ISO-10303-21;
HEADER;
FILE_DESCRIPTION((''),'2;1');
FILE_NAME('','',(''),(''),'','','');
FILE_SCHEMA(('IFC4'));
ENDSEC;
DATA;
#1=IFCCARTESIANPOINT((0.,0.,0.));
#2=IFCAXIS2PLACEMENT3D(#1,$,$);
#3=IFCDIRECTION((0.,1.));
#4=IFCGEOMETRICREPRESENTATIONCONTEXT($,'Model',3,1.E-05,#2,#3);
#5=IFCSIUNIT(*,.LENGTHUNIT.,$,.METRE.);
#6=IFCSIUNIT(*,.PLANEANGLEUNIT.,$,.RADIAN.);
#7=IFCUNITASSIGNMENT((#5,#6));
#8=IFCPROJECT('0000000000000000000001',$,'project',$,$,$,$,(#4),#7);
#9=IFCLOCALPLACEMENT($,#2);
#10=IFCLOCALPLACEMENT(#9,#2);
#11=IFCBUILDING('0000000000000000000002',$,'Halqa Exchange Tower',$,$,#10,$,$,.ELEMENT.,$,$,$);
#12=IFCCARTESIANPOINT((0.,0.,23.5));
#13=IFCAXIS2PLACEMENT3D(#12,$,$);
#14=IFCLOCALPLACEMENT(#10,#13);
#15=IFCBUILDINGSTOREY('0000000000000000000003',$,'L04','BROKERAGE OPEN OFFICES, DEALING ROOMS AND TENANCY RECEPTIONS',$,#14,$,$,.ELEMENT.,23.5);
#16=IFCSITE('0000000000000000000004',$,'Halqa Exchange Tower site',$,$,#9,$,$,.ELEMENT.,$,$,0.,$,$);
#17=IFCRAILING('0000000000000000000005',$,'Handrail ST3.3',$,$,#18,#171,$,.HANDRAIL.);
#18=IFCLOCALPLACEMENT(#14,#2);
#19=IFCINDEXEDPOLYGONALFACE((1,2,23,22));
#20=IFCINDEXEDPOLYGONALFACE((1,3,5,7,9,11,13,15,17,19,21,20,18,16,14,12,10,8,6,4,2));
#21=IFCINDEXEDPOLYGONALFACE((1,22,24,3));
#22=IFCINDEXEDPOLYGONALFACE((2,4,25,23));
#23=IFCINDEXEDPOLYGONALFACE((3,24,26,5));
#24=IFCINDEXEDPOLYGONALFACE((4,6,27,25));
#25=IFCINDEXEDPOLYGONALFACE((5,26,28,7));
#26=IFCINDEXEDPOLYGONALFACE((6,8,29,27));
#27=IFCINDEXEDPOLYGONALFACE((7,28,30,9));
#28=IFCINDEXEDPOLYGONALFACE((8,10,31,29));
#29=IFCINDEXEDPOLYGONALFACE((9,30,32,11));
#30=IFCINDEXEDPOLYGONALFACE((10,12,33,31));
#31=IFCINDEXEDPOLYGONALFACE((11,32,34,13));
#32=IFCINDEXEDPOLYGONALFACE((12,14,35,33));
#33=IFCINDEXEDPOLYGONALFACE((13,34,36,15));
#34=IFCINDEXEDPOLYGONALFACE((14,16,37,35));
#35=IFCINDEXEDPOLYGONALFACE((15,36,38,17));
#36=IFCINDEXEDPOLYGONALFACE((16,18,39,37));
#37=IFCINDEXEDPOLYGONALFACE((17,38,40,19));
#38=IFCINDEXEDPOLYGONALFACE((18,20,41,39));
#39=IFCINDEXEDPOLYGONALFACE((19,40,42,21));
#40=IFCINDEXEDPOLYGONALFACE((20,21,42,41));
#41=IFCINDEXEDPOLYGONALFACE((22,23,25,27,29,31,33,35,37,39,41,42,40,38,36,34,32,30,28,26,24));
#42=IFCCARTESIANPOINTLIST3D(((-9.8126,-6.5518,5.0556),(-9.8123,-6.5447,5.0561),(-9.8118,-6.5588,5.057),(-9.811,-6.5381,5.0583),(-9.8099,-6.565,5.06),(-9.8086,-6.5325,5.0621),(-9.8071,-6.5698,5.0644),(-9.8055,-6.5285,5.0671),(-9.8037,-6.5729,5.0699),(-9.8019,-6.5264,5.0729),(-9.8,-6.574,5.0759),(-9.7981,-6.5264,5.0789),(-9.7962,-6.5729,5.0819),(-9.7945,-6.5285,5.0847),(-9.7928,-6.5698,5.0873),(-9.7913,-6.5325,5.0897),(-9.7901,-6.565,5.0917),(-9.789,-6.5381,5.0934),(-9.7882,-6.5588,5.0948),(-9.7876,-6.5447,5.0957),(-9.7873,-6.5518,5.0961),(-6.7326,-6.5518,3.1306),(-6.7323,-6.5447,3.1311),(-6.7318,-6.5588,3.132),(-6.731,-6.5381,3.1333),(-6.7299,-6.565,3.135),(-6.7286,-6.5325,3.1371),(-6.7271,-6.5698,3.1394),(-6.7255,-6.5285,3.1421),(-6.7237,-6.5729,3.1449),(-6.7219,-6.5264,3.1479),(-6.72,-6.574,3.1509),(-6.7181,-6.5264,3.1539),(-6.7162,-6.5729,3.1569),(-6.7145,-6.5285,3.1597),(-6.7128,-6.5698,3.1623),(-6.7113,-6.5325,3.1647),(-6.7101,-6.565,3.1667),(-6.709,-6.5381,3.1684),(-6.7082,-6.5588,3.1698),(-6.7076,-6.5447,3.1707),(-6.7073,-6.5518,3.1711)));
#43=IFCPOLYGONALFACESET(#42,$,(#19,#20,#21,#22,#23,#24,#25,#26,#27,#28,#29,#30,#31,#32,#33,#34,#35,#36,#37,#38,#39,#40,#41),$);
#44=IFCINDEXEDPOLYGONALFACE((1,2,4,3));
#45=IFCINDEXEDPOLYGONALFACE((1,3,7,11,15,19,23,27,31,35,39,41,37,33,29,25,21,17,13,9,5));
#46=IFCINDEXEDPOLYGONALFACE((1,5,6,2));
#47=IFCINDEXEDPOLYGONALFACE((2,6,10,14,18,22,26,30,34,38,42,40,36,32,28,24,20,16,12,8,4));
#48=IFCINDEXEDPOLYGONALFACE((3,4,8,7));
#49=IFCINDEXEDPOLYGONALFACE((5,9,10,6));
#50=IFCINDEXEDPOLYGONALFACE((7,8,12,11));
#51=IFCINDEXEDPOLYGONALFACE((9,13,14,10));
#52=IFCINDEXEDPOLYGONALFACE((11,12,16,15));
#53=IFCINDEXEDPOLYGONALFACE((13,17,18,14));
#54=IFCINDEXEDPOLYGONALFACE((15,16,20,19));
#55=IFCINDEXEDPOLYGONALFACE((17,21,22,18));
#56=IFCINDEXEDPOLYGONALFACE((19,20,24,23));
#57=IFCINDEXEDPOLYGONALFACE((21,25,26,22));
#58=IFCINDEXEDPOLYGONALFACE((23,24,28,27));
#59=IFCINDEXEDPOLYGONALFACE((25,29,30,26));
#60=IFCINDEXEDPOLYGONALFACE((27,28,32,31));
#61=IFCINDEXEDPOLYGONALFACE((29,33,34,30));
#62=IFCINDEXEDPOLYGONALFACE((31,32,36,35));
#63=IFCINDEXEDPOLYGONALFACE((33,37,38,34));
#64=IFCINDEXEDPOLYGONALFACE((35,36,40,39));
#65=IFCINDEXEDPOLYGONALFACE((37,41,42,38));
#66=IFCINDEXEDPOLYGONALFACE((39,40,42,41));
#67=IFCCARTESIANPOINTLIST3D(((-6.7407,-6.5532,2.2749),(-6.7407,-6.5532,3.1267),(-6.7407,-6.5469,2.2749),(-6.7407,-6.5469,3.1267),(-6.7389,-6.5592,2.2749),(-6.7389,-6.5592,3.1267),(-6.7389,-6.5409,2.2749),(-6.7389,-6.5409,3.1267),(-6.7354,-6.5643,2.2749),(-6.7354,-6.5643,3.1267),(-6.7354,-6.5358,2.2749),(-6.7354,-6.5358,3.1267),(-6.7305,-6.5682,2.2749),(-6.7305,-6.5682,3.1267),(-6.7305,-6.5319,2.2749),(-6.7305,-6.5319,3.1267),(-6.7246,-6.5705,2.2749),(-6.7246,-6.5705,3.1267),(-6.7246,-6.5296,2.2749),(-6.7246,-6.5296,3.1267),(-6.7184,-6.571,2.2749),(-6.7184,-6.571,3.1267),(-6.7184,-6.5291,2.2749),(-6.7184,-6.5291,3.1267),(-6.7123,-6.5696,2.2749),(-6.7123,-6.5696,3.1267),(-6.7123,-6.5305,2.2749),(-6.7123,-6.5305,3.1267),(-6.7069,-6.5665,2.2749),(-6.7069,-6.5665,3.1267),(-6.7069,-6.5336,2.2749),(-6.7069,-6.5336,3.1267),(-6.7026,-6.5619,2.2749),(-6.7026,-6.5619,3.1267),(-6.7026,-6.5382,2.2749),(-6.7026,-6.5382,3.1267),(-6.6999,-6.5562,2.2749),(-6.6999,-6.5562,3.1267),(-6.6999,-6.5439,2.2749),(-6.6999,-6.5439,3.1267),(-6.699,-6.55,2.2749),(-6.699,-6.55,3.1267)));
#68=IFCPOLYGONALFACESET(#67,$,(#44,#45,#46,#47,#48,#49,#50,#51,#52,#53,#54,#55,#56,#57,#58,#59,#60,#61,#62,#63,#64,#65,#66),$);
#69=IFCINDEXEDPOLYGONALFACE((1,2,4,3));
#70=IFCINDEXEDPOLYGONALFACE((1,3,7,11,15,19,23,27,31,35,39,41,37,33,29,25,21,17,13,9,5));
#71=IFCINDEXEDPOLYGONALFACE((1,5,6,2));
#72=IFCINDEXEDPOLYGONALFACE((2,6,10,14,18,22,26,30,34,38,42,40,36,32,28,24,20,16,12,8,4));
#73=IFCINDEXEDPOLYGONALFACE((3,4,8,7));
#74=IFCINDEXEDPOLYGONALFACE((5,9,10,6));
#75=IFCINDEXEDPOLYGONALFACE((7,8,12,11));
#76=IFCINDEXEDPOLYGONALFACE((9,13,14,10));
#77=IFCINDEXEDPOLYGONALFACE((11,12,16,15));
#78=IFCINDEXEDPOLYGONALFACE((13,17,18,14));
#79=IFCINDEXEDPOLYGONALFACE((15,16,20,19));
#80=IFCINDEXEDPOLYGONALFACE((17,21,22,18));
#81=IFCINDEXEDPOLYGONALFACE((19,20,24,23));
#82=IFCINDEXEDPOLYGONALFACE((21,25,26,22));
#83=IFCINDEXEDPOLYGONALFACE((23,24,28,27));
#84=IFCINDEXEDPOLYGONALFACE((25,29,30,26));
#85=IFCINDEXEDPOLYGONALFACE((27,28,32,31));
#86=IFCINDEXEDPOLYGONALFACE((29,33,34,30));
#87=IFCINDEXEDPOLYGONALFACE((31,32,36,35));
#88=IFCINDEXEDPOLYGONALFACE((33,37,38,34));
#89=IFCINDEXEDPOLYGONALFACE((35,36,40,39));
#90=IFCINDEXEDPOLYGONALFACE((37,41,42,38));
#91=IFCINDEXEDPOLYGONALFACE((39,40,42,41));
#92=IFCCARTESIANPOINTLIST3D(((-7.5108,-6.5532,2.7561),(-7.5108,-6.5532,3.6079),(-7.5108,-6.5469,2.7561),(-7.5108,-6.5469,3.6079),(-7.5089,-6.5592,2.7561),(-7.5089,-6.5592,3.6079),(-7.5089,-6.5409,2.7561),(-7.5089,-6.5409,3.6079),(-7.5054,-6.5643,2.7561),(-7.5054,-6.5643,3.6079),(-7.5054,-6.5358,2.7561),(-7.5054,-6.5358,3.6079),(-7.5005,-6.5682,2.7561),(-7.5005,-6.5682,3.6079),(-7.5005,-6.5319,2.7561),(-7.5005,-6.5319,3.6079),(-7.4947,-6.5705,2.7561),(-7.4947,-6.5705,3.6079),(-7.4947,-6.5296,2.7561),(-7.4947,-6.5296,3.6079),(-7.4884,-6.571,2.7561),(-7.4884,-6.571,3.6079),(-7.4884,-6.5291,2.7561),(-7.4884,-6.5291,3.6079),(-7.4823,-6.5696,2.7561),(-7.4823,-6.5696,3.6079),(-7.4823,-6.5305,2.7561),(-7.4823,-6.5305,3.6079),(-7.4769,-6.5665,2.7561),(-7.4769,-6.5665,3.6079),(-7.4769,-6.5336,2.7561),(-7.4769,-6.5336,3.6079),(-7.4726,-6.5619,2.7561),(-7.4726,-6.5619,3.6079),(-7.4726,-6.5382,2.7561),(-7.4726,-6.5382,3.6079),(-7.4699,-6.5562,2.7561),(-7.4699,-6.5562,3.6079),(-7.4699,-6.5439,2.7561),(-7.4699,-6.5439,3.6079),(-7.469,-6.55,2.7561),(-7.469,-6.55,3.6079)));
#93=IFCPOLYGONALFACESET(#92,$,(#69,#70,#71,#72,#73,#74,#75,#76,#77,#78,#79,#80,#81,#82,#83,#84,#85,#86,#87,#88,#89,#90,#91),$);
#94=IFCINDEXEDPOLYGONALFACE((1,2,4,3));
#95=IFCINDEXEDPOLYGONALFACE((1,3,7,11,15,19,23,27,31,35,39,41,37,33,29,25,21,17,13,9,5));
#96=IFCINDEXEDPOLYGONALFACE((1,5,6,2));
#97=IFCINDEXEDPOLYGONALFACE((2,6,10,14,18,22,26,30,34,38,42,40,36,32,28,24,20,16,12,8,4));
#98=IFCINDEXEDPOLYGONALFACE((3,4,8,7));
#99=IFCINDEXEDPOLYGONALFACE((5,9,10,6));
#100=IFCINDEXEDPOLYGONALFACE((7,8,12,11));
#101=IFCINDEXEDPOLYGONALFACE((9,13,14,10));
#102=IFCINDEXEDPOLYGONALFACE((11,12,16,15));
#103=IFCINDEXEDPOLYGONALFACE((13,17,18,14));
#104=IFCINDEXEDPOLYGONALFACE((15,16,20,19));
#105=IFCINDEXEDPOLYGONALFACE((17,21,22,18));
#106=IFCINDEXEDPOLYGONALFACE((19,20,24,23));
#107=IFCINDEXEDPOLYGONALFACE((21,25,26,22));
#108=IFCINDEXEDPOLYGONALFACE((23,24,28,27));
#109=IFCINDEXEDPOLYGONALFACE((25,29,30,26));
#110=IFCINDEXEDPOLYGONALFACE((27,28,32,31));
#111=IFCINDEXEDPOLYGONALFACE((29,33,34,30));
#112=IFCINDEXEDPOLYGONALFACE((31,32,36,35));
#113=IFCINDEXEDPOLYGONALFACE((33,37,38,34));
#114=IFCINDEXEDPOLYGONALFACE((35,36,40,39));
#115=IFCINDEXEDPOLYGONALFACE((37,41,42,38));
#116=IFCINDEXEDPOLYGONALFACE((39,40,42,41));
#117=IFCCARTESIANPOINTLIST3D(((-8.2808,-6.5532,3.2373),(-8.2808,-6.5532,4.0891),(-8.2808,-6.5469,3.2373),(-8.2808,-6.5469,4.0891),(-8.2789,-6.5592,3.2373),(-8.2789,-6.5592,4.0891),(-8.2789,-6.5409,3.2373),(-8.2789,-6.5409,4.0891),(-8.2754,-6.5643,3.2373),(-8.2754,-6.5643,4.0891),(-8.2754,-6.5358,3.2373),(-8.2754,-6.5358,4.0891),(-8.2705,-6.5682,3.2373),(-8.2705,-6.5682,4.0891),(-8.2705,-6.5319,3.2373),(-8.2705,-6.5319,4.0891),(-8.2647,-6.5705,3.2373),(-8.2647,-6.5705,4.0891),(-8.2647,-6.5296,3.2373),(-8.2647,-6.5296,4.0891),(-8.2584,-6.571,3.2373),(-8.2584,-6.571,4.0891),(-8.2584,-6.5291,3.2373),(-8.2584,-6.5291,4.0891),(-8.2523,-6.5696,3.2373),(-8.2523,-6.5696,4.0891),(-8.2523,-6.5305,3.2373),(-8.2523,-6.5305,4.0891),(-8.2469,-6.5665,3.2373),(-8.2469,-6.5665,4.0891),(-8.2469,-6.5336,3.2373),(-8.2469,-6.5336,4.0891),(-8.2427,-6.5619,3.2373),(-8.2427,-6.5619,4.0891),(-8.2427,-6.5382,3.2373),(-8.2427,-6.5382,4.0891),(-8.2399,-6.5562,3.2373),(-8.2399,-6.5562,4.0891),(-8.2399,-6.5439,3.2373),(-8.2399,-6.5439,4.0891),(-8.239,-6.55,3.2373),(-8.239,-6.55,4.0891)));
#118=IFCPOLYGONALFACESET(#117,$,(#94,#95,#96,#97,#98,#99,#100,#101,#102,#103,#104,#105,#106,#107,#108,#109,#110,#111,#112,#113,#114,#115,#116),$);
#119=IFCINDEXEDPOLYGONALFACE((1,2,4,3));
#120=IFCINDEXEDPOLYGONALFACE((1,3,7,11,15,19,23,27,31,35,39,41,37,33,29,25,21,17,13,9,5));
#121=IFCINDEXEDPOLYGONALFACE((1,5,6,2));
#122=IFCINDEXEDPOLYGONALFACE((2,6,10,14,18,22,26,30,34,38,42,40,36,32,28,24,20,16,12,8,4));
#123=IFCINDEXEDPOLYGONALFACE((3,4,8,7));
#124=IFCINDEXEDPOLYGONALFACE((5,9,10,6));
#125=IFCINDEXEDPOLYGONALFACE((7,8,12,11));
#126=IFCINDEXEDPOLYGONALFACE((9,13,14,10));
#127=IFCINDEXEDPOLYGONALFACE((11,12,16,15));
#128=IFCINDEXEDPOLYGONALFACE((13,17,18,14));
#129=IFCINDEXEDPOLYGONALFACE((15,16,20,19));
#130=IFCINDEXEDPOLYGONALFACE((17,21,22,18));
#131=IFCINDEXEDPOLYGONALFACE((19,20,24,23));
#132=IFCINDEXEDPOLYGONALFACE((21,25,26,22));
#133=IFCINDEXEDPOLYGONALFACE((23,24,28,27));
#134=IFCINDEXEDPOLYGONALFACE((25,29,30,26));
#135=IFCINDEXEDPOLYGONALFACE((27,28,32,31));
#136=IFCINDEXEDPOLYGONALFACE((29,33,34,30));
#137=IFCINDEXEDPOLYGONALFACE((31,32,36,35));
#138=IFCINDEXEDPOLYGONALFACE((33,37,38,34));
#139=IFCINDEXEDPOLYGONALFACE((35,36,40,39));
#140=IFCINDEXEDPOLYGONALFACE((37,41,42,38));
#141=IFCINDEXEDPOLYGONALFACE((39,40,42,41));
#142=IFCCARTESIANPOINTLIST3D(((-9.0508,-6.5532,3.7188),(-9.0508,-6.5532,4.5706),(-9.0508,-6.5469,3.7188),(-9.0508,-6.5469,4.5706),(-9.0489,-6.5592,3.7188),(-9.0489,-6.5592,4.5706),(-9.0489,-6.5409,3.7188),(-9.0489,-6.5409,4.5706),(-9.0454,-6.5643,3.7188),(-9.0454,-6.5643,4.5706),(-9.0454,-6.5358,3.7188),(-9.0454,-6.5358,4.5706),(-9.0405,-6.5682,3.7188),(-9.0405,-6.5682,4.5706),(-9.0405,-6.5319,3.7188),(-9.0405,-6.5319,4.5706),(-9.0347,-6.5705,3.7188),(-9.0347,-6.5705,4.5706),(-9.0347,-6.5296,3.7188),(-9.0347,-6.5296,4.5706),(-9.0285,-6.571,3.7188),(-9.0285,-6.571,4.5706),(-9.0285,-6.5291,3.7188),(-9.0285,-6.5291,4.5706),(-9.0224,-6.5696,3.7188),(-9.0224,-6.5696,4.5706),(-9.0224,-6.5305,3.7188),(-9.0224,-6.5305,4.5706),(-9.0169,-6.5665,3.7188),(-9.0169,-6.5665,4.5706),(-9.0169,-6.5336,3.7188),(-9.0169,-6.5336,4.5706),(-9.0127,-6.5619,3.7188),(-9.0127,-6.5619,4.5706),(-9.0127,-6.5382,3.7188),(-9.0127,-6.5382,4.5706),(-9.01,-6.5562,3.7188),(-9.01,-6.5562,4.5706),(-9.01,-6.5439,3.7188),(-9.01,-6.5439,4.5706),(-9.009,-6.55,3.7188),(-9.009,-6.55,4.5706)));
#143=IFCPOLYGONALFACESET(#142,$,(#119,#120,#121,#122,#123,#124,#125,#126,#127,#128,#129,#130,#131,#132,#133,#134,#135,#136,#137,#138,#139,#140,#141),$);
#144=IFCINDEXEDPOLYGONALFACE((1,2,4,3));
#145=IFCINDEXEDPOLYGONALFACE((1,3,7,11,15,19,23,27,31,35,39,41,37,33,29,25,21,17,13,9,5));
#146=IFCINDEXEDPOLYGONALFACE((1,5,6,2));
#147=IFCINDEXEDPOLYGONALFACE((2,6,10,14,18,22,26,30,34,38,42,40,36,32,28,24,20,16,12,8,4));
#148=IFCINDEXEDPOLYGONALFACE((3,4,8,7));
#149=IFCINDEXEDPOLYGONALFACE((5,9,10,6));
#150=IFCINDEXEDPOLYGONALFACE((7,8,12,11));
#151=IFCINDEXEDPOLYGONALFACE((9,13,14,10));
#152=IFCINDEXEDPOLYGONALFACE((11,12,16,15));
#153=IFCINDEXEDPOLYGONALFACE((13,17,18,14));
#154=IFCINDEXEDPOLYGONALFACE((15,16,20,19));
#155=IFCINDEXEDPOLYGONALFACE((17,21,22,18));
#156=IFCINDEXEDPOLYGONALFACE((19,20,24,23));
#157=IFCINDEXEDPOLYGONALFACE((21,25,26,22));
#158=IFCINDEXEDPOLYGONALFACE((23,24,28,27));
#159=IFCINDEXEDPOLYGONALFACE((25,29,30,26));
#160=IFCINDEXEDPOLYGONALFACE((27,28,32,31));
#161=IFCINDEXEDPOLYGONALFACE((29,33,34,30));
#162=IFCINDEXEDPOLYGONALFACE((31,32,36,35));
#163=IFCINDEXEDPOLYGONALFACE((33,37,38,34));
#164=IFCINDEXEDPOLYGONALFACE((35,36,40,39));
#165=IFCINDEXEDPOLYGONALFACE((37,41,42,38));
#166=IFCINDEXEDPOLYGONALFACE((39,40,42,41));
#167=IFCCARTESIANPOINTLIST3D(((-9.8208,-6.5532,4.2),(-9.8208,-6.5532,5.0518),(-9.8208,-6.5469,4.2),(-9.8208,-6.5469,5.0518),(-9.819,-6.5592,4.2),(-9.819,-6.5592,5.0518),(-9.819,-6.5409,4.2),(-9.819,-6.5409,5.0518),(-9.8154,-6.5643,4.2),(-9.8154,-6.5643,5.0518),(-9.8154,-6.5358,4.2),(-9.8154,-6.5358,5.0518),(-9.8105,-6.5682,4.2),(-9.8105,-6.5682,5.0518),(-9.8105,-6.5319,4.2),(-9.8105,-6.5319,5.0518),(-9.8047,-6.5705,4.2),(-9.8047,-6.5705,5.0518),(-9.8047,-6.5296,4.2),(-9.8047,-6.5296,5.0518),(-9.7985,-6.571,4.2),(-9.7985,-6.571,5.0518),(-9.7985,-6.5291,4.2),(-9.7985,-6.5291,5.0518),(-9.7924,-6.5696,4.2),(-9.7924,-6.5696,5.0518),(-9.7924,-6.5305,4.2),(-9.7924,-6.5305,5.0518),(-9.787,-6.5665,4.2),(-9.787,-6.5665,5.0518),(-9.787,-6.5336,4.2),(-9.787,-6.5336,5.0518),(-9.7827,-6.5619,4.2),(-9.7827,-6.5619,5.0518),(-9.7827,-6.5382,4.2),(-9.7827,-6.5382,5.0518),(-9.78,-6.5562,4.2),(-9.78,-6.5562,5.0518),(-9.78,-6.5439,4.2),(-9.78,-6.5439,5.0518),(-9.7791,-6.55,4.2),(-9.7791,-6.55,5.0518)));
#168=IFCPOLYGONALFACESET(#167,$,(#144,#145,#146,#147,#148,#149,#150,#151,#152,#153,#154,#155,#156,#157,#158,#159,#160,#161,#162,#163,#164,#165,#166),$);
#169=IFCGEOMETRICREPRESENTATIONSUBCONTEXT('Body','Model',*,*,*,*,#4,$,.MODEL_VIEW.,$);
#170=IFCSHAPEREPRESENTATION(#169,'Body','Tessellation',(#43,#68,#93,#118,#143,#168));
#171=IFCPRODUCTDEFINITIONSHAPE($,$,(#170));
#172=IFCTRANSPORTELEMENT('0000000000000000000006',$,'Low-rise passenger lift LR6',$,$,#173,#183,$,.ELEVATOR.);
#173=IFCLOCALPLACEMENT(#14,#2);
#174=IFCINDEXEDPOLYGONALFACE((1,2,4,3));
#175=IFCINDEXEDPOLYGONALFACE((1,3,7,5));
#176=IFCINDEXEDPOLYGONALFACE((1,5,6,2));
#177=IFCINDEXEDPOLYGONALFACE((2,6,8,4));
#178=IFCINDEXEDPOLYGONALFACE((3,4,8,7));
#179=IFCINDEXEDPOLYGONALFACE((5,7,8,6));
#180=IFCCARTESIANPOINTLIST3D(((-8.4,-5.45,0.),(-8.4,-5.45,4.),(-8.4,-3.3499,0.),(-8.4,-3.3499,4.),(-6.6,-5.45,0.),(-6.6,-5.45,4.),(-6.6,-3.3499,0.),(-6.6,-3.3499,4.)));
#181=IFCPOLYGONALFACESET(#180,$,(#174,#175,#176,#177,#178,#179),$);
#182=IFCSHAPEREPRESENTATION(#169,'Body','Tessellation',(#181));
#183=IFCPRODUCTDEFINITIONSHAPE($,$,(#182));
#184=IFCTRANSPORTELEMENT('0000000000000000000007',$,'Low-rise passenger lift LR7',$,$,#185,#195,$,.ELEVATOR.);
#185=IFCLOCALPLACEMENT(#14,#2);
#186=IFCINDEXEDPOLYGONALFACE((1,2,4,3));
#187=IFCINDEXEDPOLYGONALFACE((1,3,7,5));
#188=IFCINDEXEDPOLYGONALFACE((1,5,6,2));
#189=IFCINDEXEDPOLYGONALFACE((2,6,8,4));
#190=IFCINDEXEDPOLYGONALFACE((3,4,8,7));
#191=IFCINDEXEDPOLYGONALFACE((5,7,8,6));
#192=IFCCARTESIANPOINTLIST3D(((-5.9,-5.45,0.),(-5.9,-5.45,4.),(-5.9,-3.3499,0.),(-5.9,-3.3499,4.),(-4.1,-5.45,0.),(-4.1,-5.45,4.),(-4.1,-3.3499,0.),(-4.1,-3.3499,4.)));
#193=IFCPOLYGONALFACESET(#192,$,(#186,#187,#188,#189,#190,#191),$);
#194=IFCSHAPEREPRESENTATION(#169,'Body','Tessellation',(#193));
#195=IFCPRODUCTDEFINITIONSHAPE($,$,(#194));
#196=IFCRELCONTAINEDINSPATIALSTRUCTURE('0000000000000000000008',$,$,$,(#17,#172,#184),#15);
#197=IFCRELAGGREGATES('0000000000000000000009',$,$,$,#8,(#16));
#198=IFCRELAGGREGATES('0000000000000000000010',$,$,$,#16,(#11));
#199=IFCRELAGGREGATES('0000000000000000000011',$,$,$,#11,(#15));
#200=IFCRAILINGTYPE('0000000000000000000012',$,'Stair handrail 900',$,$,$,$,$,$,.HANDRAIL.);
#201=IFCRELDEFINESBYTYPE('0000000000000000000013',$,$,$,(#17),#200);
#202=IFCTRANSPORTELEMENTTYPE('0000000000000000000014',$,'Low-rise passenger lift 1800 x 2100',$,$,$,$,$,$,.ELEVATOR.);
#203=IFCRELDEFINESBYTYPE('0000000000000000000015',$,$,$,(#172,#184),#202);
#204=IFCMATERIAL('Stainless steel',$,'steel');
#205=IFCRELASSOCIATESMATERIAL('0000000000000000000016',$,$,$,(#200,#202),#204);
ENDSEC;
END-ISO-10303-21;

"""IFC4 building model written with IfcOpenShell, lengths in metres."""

from ifc_helpers import new_model, si_unit, direction, frame, origin, origin_2d, place, context, subcontext, project, spatial, rectangle, circle, extrude, material, type_object, element, save


model = new_model("IFC4")

# Units and contexts
model_context = context("Model", 3, precision=1e-05, world=origin(), true_north=direction((0.0, 1.0)))
body_context = subcontext(model_context, "Body", "Model", "MODEL_VIEW")
ifc_project = project(units=[si_unit("LENGTHUNIT", "METRE"), si_unit("PLANEANGLEUNIT", "RADIAN")], contexts=[model_context])

# Site, building, storey
site_placement = place(None, origin())
site = spatial("IfcSite", under=ifc_project, at=site_placement, Name="Halqa Exchange Tower site", CompositionType="ELEMENT", RefElevation=0.0)
building_placement = place(site_placement, origin())
building = spatial("IfcBuilding", under=site, at=building_placement, Name="Halqa Exchange Tower", CompositionType="ELEMENT")
storey_placement = place(building_placement, frame((0.0, 0.0, 23.5)))
storey = spatial("IfcBuildingStorey", under=building, at=storey_placement, Name="L04", Description="BROKERAGE OPEN OFFICES, DEALING ROOMS AND TENANCY RECEPTIONS", CompositionType="ELEMENT", Elevation=23.5)

# Railing
ifc_material_1 = material(Name="Stainless steel", Category="steel")
railing_type = type_object("IfcRailingType", Name="Stair handrail 900", PredefinedType="HANDRAIL", material=ifc_material_1)
railing_1_placement = place(storey_placement, frame((-6.72, -6.55, 2.2749)))
element("IfcRailing", 1, at=railing_1_placement, inside=storey, type_object=railing_type, Name="Handrail ST3.3", PredefinedType="HANDRAIL", context=body_context, shape_type="SweptSolid", body=[
    extrude(circle(Radius=0.0239, at=origin_2d()), frame((0.0, 0.0, 0.876), z_axis=(-0.847998, 0.0, 0.529999), x_axis=(0.0, -1.0, 0.0)), (0.0, 0.0, 1.0), 3.6321),
    extrude(circle(Radius=0.021, at=origin_2d()), origin(), (0.0, 0.0, 1.0), 0.8518),
    extrude(circle(Radius=0.021, at=origin_2d()), frame((-0.77, 0.0, 0.4812)), (0.0, 0.0, 1.0), 0.8518),
    extrude(circle(Radius=0.021, at=origin_2d()), frame((-1.54, 0.0, 0.9624)), (0.0, 0.0, 1.0), 0.8518),
    extrude(circle(Radius=0.021, at=origin_2d()), frame((-2.3101, 0.0, 1.4438)), (0.0, 0.0, 1.0), 0.8518),
    extrude(circle(Radius=0.021, at=origin_2d()), frame((-3.0801, 0.0, 1.925)), (0.0, 0.0, 1.0), 0.8518),
])

# Transport elements
transport_element_type = type_object("IfcTransportElementType", Name="Low-rise passenger lift 1800 x 2100", PredefinedType="ELEVATOR", material=ifc_material_1)
for number, where, z_axis, x_axis, name in (
    (2, (-7.5, -4.3999, 0.0), (0.0, 0.0, 1.0), (1.0, 0.0, 0.0), "Low-rise passenger lift LR6"),
    (3, (-5.0, -4.3999, 0.0), (0.0, 0.0, 1.0), (1.0, 0.0, 0.0), "Low-rise passenger lift LR7"),
):
    element("IfcTransportElement", number, at=place(storey_placement, frame(where, z_axis=z_axis, x_axis=x_axis)), inside=storey, type_object=transport_element_type, Name=name, PredefinedType="ELEVATOR", context=body_context, shape_type="SweptSolid", body=[
        extrude(rectangle(XDim=1.8, YDim=2.1001, at=origin_2d()), origin(), (0.0, 0.0, 1.0), 4.0),
    ])

save(model, "model.ifc")
